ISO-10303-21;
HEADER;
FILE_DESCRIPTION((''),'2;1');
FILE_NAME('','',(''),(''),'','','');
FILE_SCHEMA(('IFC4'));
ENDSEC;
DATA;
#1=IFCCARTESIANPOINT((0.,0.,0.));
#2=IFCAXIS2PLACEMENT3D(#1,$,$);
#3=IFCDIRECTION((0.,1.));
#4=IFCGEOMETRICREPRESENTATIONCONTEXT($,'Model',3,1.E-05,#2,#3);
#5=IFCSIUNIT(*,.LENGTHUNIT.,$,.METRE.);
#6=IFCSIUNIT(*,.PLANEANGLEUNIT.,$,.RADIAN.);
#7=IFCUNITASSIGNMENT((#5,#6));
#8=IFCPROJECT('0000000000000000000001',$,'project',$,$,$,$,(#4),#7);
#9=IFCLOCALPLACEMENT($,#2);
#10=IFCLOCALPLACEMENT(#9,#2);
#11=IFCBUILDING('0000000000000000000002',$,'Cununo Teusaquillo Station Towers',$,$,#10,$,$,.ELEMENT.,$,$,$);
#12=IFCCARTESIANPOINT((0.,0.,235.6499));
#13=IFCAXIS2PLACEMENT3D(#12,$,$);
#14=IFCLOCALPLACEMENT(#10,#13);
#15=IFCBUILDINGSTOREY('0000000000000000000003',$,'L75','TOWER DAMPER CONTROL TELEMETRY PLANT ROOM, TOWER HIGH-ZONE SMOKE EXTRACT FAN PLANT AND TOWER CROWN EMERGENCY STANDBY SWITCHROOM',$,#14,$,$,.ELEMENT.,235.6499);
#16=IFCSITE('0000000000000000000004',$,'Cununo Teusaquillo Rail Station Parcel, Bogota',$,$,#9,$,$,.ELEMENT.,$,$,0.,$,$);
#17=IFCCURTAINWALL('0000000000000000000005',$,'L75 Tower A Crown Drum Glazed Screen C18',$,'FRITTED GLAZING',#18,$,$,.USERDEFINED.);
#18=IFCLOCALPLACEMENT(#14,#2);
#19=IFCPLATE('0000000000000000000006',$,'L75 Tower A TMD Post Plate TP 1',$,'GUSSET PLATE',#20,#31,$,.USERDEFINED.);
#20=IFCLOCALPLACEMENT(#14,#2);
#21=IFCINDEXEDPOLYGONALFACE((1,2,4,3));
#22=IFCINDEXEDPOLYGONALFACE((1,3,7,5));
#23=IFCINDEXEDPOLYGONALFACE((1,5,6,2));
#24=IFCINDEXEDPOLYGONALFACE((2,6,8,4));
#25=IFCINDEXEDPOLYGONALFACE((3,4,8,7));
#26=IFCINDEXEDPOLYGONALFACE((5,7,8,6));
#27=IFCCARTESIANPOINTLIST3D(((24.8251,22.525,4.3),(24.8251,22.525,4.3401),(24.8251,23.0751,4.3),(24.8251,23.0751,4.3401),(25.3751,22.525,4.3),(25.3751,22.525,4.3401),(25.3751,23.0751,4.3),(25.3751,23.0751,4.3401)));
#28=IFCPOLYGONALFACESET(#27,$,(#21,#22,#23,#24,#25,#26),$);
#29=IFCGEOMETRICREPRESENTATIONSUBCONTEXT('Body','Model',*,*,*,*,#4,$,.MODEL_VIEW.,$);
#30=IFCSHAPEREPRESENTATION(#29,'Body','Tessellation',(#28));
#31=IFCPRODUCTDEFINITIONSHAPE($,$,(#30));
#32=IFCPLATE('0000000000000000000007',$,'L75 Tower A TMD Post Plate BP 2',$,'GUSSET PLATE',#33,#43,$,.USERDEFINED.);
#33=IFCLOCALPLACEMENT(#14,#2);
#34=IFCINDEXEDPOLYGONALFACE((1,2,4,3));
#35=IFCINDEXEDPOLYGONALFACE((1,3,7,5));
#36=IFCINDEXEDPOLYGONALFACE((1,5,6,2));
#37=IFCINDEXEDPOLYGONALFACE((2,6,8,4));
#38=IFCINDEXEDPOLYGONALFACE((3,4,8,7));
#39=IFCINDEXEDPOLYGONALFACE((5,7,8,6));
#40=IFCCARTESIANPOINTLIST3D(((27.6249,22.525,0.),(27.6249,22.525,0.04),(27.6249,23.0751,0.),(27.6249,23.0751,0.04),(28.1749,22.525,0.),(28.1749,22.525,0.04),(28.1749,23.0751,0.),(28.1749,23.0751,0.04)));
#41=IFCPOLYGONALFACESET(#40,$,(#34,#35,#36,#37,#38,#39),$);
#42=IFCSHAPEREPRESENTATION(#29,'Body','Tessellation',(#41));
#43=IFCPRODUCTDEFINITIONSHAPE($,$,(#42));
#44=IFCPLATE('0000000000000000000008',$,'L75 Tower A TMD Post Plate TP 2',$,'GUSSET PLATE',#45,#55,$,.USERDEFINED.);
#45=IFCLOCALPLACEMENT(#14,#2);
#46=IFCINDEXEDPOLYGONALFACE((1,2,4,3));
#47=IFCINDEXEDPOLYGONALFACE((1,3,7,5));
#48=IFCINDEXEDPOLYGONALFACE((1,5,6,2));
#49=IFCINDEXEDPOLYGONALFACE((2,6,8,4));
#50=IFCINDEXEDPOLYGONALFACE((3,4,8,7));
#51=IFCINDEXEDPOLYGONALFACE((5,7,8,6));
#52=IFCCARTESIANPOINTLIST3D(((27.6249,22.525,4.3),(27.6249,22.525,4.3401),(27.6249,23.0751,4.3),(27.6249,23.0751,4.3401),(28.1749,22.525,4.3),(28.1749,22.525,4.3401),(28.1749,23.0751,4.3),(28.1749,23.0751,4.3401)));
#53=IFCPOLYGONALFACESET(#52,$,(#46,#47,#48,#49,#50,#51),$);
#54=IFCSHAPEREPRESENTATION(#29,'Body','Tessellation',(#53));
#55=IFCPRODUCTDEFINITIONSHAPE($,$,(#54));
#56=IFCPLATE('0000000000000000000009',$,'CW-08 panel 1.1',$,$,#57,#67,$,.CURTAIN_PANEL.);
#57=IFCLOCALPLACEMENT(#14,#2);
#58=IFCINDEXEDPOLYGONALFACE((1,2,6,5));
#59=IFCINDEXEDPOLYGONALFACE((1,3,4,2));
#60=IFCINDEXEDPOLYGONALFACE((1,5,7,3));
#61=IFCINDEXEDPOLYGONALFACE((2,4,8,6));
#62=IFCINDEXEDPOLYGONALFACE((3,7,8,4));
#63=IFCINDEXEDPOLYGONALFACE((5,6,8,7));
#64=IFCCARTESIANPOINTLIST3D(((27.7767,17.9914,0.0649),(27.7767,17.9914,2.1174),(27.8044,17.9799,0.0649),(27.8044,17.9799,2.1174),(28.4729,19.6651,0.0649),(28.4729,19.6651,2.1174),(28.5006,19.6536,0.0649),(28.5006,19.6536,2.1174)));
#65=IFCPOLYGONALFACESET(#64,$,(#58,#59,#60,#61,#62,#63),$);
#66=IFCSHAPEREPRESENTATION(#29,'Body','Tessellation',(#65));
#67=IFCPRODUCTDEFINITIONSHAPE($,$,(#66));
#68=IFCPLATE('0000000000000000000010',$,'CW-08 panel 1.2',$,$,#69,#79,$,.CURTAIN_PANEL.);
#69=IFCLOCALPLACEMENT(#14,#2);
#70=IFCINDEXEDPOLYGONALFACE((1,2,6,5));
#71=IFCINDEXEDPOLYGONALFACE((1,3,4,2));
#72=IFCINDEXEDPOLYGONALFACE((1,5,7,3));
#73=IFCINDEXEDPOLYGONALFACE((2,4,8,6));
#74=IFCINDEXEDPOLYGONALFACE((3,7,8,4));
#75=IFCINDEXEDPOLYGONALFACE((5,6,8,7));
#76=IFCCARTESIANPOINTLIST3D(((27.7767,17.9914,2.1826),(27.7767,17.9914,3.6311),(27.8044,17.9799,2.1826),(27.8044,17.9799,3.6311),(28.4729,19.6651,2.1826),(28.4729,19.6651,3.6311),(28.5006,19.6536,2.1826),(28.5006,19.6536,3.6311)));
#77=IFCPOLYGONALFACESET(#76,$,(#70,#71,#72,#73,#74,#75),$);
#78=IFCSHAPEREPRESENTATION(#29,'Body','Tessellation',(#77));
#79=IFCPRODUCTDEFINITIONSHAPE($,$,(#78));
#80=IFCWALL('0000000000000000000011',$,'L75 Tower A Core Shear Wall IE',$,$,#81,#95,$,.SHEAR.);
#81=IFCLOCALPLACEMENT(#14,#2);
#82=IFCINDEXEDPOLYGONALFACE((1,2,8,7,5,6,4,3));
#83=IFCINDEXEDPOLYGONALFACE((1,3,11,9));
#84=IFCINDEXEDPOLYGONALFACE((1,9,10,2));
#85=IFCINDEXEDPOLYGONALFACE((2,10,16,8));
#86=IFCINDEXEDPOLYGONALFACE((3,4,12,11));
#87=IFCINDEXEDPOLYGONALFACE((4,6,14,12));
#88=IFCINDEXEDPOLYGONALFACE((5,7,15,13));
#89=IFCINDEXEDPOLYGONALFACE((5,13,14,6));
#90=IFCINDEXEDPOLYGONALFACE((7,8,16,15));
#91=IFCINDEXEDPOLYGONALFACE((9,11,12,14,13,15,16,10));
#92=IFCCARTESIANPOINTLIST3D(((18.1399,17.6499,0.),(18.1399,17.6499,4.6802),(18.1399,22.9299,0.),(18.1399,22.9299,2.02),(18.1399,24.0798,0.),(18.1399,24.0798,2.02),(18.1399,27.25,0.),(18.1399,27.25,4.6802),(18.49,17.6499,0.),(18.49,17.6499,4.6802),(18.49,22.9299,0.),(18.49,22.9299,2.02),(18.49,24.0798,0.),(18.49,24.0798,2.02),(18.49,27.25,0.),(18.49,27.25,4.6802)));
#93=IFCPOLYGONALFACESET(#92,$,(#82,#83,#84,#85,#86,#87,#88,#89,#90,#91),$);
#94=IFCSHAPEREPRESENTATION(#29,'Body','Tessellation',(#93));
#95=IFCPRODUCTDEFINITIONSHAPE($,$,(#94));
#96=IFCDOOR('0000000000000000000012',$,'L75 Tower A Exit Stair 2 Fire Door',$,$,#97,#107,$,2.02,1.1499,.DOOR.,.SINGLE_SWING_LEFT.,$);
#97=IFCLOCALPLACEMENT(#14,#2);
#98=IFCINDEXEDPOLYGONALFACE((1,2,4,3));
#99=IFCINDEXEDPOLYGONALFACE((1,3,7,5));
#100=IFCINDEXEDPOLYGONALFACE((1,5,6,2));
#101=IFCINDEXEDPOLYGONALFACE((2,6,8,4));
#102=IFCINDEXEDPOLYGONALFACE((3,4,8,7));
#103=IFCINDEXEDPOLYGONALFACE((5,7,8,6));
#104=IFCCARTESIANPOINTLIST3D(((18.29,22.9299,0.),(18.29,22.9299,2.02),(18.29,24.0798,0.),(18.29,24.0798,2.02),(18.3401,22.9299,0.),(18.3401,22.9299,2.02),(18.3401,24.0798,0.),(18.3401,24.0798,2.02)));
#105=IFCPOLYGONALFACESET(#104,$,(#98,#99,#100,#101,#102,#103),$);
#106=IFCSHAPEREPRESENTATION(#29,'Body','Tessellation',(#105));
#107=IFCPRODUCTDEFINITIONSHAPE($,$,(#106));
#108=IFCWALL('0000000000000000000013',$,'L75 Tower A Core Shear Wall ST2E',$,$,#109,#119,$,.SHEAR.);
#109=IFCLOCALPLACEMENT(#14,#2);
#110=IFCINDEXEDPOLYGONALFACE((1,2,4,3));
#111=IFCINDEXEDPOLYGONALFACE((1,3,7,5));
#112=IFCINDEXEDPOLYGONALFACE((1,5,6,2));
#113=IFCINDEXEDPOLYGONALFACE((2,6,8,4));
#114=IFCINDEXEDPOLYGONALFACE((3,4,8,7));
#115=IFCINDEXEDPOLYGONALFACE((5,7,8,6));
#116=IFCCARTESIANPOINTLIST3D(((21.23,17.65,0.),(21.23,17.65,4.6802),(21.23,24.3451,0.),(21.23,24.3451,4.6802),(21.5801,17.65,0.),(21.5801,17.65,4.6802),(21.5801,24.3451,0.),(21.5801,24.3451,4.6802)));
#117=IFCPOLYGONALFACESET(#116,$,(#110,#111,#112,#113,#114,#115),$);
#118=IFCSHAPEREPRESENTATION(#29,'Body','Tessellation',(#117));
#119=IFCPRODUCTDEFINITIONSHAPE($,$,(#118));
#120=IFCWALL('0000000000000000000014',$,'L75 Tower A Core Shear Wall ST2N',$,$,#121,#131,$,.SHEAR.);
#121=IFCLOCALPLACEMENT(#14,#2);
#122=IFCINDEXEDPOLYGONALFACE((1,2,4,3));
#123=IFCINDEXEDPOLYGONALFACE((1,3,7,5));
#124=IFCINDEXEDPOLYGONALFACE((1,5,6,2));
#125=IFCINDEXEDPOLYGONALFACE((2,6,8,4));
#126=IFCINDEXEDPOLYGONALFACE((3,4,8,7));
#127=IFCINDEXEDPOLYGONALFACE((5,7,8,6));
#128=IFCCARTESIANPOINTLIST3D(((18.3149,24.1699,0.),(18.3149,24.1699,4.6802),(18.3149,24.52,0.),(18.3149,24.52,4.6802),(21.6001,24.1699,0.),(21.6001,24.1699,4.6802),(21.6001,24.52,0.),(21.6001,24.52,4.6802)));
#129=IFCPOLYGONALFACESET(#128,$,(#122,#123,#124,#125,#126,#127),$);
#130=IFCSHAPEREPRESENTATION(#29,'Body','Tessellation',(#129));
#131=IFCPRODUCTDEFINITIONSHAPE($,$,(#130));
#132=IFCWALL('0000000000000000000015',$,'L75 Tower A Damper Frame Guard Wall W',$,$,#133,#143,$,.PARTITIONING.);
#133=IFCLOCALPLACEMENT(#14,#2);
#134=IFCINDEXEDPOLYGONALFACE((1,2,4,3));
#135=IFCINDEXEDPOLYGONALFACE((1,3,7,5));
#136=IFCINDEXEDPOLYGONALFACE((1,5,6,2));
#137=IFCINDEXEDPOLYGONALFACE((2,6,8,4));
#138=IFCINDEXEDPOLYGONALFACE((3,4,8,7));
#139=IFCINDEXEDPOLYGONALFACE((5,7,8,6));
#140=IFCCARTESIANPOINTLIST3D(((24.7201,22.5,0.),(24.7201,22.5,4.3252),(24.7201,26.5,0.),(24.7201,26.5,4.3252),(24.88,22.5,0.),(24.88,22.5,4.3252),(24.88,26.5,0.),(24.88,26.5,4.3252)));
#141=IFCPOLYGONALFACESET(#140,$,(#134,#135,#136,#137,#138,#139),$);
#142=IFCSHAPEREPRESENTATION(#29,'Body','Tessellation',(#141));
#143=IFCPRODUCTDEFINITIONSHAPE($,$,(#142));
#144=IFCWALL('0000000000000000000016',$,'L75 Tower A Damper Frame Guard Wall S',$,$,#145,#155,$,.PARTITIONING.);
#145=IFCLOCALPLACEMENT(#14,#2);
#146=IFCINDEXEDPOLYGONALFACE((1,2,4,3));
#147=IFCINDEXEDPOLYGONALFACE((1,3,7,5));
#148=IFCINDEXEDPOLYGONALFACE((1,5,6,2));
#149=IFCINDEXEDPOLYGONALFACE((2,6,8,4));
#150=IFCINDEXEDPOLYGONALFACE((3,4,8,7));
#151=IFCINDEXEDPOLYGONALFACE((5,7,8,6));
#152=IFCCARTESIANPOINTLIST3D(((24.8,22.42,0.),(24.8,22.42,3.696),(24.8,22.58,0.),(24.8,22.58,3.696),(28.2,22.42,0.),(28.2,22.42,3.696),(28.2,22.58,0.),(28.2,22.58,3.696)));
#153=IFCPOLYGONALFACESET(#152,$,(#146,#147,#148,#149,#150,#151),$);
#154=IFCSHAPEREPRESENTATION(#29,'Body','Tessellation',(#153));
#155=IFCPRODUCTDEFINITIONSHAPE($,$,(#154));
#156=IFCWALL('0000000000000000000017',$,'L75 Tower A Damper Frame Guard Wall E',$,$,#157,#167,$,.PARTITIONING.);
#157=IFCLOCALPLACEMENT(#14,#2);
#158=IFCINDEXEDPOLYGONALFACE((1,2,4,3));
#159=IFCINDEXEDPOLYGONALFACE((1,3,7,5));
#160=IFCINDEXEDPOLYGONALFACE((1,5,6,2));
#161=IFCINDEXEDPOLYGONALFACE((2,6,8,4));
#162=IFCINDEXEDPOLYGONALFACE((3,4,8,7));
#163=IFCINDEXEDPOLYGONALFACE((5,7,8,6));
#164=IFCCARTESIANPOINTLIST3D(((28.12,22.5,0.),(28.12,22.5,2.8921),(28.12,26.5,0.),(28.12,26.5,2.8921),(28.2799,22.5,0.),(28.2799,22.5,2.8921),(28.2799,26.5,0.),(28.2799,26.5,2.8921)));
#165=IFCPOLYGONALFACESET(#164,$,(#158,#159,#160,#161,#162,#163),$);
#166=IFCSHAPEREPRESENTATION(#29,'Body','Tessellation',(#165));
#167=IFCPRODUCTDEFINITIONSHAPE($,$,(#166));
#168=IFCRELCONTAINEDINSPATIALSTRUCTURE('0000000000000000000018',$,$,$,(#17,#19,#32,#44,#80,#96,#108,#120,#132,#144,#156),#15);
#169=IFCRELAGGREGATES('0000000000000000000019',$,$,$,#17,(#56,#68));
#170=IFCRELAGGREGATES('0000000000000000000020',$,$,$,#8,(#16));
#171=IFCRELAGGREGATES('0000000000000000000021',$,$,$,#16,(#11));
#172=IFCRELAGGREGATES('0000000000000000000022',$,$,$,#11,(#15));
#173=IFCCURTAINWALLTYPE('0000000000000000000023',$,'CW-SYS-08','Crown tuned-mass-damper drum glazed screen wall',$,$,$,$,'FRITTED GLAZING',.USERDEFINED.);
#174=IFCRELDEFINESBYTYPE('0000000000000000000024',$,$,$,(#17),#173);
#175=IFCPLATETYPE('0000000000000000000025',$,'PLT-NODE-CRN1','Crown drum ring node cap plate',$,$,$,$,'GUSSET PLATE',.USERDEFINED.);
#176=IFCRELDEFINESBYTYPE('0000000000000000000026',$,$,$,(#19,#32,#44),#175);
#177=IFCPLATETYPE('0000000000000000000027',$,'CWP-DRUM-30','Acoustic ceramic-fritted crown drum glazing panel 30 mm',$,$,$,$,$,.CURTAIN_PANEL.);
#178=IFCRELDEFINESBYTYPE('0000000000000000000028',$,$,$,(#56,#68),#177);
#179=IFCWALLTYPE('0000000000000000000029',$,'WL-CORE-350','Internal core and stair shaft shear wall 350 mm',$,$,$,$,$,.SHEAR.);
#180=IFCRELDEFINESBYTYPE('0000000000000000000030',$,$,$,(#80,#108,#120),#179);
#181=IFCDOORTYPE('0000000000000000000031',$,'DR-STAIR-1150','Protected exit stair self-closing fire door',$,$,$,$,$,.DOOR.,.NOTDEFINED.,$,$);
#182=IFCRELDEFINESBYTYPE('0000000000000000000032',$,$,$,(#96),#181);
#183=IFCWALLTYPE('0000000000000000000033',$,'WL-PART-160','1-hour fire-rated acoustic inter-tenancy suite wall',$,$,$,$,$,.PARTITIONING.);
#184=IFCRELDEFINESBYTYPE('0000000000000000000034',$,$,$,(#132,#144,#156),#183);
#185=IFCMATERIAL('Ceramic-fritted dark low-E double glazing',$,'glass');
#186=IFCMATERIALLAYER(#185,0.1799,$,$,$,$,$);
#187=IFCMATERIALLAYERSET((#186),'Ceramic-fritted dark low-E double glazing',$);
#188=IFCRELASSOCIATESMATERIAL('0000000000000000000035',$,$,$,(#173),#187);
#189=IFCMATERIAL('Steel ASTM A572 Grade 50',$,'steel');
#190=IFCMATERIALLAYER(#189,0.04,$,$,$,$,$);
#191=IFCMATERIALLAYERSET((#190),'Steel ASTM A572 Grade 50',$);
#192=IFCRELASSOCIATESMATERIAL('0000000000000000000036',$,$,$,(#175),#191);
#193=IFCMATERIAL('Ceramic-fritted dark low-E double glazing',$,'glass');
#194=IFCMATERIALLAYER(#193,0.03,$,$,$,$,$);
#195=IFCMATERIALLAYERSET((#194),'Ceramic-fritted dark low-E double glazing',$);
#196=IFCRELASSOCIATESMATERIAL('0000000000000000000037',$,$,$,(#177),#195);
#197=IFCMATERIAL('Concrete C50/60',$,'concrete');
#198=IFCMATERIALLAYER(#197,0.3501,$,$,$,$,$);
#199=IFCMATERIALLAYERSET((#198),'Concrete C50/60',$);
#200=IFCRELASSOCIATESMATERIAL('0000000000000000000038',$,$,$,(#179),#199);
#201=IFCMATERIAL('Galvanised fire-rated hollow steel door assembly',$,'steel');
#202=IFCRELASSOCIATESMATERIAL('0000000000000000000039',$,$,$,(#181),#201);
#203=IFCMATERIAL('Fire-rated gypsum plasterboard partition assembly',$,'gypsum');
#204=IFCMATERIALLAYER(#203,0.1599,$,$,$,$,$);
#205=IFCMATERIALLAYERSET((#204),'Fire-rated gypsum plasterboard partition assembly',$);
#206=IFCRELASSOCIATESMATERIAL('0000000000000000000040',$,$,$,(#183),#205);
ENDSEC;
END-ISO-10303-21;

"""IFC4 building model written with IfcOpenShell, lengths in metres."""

from ifc_helpers import new_model, si_unit, direction, frame, frame_2d, origin, origin_2d, place, context, subcontext, project, spatial, rectangle, extrude, source, transform, mapped, material, layer, layer_set, type_object, element, fill, aggregate, save


model = new_model("IFC4")

# Units and contexts
model_context = context("Model", 3, precision=1e-05, world=origin(), true_north=direction((0.0, 1.0)))
body_context = subcontext(model_context, "Body", "Model", "MODEL_VIEW")
ifc_project = project(units=[si_unit("LENGTHUNIT", "METRE"), si_unit("PLANEANGLEUNIT", "RADIAN")], contexts=[model_context])

# Site, building, storey
site_placement = place(None, origin())
site = spatial("IfcSite", under=ifc_project, at=site_placement, Name="Cununo Teusaquillo Rail Station Parcel, Bogota", CompositionType="ELEMENT", RefElevation=0.0)
building_placement = place(site_placement, origin())
building = spatial("IfcBuilding", under=site, at=building_placement, Name="Cununo Teusaquillo Station Towers", CompositionType="ELEMENT")
storey_placement = place(building_placement, frame((0.0, 0.0, 235.6499)))
storey = spatial("IfcBuildingStorey", under=building, at=storey_placement, Name="L75", Description="TOWER DAMPER CONTROL TELEMETRY PLANT ROOM, TOWER HIGH-ZONE SMOKE EXTRACT FAN PLANT AND TOWER CROWN EMERGENCY STANDBY SWITCHROOM", CompositionType="ELEMENT", Elevation=235.6499)

# Curtain wall
ifc_material_1 = material(Name="Ceramic-fritted dark low-E double glazing", Category="glass")
ifc_layer_1 = layer(ifc_material_1, 0.1799)
ifc_layer_set_1 = layer_set([ifc_layer_1], Name="Ceramic-fritted dark low-E double glazing")
curtain_wall_type = type_object("IfcCurtainWallType", Name="CW-SYS-08", Description="Crown tuned-mass-damper drum glazed screen wall", ElementType="FRITTED GLAZING", PredefinedType="USERDEFINED", material=ifc_layer_set_1)
curtain_wall_placement = place(storey_placement, origin())
curtain_wall = element("IfcCurtainWall", 1, at=curtain_wall_placement, inside=storey, type_object=curtain_wall_type, Name="L75 Tower A Crown Drum Glazed Screen C18", ObjectType="FRITTED GLAZING", PredefinedType="USERDEFINED")

# Plates
ifc_material_2 = material(Name="Steel ASTM A572 Grade 50", Category="steel")
ifc_layer_2 = layer(ifc_material_2, 0.04)
ifc_layer_set_2 = layer_set([ifc_layer_2], Name="Steel ASTM A572 Grade 50")
plate_type_1 = type_object("IfcPlateType", Name="PLT-NODE-CRN1", Description="Crown drum ring node cap plate", ElementType="GUSSET PLATE", PredefinedType="USERDEFINED", material=ifc_layer_set_2)
shared_shape_1 = source(origin(), body_context, "Body", "SweptSolid", [
    extrude(rectangle(XDim=0.55, YDim=0.55, at=origin_2d()), origin(), (0.0, 0.0, 1.0), 0.04),
])
for number, where, z_axis, x_axis, name in (
    (2, (25.1001, 22.8, 4.3), (0.0, 0.0, 1.0), (1.0, 0.0, 0.0), "L75 Tower A TMD Post Plate TP 1"),
    (3, (27.8999, 22.8, 0.0), (0.0, 0.0, 1.0), (1.0, 0.0, 0.0), "L75 Tower A TMD Post Plate BP 2"),
    (4, (27.8999, 22.8, 4.3), (0.0, 0.0, 1.0), (1.0, 0.0, 0.0), "L75 Tower A TMD Post Plate TP 2"),
):
    element("IfcPlate", number, at=place(storey_placement, frame(where, z_axis=z_axis, x_axis=x_axis)), inside=storey, type_object=plate_type_1, Name=name, ObjectType="GUSSET PLATE", PredefinedType="USERDEFINED", context=body_context, shape_type="MappedRepresentation", body=[
        mapped(shared_shape_1, transform((0.0, 0.0, 0.0), x_axis=(1.0, 0.0, 0.0), y_axis=(0.0, 1.0, 0.0), z_axis=(0.0, 0.0, 1.0), scale=1.0)),
    ])

# Plates
ifc_material_3 = material(Name="Ceramic-fritted dark low-E double glazing", Category="glass")
ifc_layer_3 = layer(ifc_material_3, 0.03)
ifc_layer_set_3 = layer_set([ifc_layer_3], Name="Ceramic-fritted dark low-E double glazing")
plate_type_2 = type_object("IfcPlateType", Name="CWP-DRUM-30", Description="Acoustic ceramic-fritted crown drum glazing panel 30 mm", PredefinedType="CURTAIN_PANEL", material=ifc_layer_set_3)
shared_shape_2 = source(origin(), body_context, "Body", "SweptSolid", [
    extrude(rectangle(XDim=1.8127, YDim=0.03, at=origin_2d()), origin(), (0.0, 0.0, 1.0), 2.0525),
])
plate_1_placement = place(storey_placement, frame((28.1387, 18.8225, 0.0649), z_axis=(0.0, 0.0, 1.0), x_axis=(-0.384063, -0.923307, 0.0)))
plate_1 = element("IfcPlate", 5, at=plate_1_placement, type_object=plate_type_2, Name="CW-08 panel 1.1", PredefinedType="CURTAIN_PANEL", context=body_context, shape_type="MappedRepresentation", body=[
    mapped(shared_shape_2, transform((0.0, 0.0, 0.0), x_axis=(1.0, 0.0, 0.0), y_axis=(0.0, 1.0, 0.0), z_axis=(0.0, 0.0, 1.0), scale=1.0)),
])
shared_shape_3 = source(origin(), body_context, "Body", "SweptSolid", [
    extrude(rectangle(XDim=1.8127, YDim=0.03, at=origin_2d()), origin(), (0.0, 0.0, 1.0), 1.4485),
])
plate_2_placement = place(storey_placement, frame((28.1387, 18.8225, 2.1826), z_axis=(0.0, 0.0, 1.0), x_axis=(-0.384063, -0.923307, 0.0)))
plate_2 = element("IfcPlate", 6, at=plate_2_placement, type_object=plate_type_2, Name="CW-08 panel 1.2", PredefinedType="CURTAIN_PANEL", context=body_context, shape_type="MappedRepresentation", body=[
    mapped(shared_shape_3, transform((0.0, 0.0, 0.0), x_axis=(1.0, 0.0, 0.0), y_axis=(0.0, 1.0, 0.0), z_axis=(0.0, 0.0, 1.0), scale=1.0)),
])
aggregate(curtain_wall, [plate_1, plate_2])

# Wall, opening, door
ifc_material_4 = material(Name="Concrete C50/60", Category="concrete")
ifc_layer_4 = layer(ifc_material_4, 0.3501)
ifc_layer_set_4 = layer_set([ifc_layer_4], Name="Concrete C50/60")
wall_type_1 = type_object("IfcWallType", Name="WL-CORE-350", Description="Internal core and stair shaft shear wall 350 mm", PredefinedType="SHEAR", material=ifc_layer_set_4)
wall_1_placement = place(storey_placement, frame((18.3149, 17.6499, 0.0), z_axis=(0.0, 0.0, 1.0), x_axis=(0.0, 1.0, 0.0)))
wall_1 = element("IfcWall", 7, at=wall_1_placement, inside=storey, type_object=wall_type_1, Name="L75 Tower A Core Shear Wall IE", PredefinedType="SHEAR", context=body_context, shape_type="SweptSolid", body=[
    extrude(rectangle(XDim=9.6001, YDim=0.3501, at=frame_2d((4.8, 0.0))), origin(), (0.0, 0.0, 1.0), 4.6802),
])
shared_shape_4 = source(origin(), body_context, "Body", "SweptSolid", [
    extrude(rectangle(XDim=1.1499, YDim=2.02, at=frame_2d((0.575, 1.01))), frame((0.0, 0.1851, 0.0), z_axis=(0.0, -1.0, 0.0), x_axis=(1.0, 0.0, 0.0)), (0.0, 0.0, 1.0), 0.3701),
])
opening_placement = place(wall_1_placement, frame((5.28, 0.0, 0.0)))
opening = element("IfcOpeningElement", 8, at=opening_placement, cuts=wall_1, PredefinedType="OPENING", context=body_context, shape_type="MappedRepresentation", body=[
    mapped(shared_shape_4, transform((0.0, 0.0, 0.0), x_axis=(1.0, 0.0, 0.0), y_axis=(0.0, 1.0, 0.0), z_axis=(0.0, 0.0, 1.0), scale=1.0)),
])
ifc_material_5 = material(Name="Galvanised fire-rated hollow steel door assembly", Category="steel")
door_type = type_object("IfcDoorType", Name="DR-STAIR-1150", Description="Protected exit stair self-closing fire door", OperationType="NOTDEFINED", PredefinedType="DOOR", material=ifc_material_5)
shared_shape_5 = source(origin(), body_context, "Body", "SweptSolid", [
    extrude(rectangle(XDim=1.1499, YDim=2.02, at=frame_2d((0.575, 1.01))), frame((0.0, 0.0249, 0.0), z_axis=(0.0, -1.0, 0.0), x_axis=(1.0, 0.0, 0.0)), (0.0, 0.0, 1.0), 0.05),
])
door_placement = place(opening_placement, origin())
door = element("IfcDoor", 9, at=door_placement, inside=storey, type_object=door_type, Name="L75 Tower A Exit Stair 2 Fire Door", OperationType="SINGLE_SWING_LEFT", OverallHeight=2.02, OverallWidth=1.1499, PredefinedType="DOOR", context=body_context, shape_type="MappedRepresentation", body=[
    mapped(shared_shape_5, transform((0.0, 0.0, 0.0), x_axis=(1.0, 0.0, 0.0), y_axis=(0.0, 1.0, 0.0), z_axis=(0.0, 0.0, 1.0), scale=1.0)),
])
fill(opening, door)

# Walls
wall_2_placement = place(storey_placement, frame((21.405, 17.6499, 0.0), z_axis=(0.0, 0.0, 1.0), x_axis=(0.0, 1.0, 0.0)))
element("IfcWall", 10, at=wall_2_placement, inside=storey, type_object=wall_type_1, Name="L75 Tower A Core Shear Wall ST2E", PredefinedType="SHEAR", context=body_context, shape_type="SweptSolid", body=[
    extrude(rectangle(XDim=6.6951, YDim=0.3501, at=frame_2d((3.3477, 0.0))), origin(), (0.0, 0.0, 1.0), 4.6802),
])
wall_3_placement = place(storey_placement, frame((18.3149, 24.345, 0.0), z_axis=(0.0, 0.0, 1.0), x_axis=(1.0, 0.0, 0.0)))
element("IfcWall", 11, at=wall_3_placement, inside=storey, type_object=wall_type_1, Name="L75 Tower A Core Shear Wall ST2N", PredefinedType="SHEAR", context=body_context, shape_type="SweptSolid", body=[
    extrude(rectangle(XDim=3.2852, YDim=0.3501, at=frame_2d((1.6426, 0.0))), origin(), (0.0, 0.0, 1.0), 4.6802),
])
ifc_material_6 = material(Name="Fire-rated gypsum plasterboard partition assembly", Category="gypsum")
ifc_layer_5 = layer(ifc_material_6, 0.1599)
ifc_layer_set_5 = layer_set([ifc_layer_5], Name="Fire-rated gypsum plasterboard partition assembly")
wall_type_2 = type_object("IfcWallType", Name="WL-PART-160", Description="1-hour fire-rated acoustic inter-tenancy suite wall", PredefinedType="PARTITIONING", material=ifc_layer_set_5)
wall_4_placement = place(storey_placement, frame((24.8, 22.5, 0.0), z_axis=(0.0, 0.0, 1.0), x_axis=(0.0, 1.0, 0.0)))
element("IfcWall", 12, at=wall_4_placement, inside=storey, type_object=wall_type_2, Name="L75 Tower A Damper Frame Guard Wall W", PredefinedType="PARTITIONING", context=body_context, shape_type="SweptSolid", body=[
    extrude(rectangle(XDim=4.0, YDim=0.1599, at=frame_2d((2.0, 0.0))), origin(), (0.0, 0.0, 1.0), 4.3252),
])
wall_5_placement = place(storey_placement, frame((24.8, 22.5, 0.0), z_axis=(0.0, 0.0, 1.0), x_axis=(1.0, 0.0, 0.0)))
element("IfcWall", 13, at=wall_5_placement, inside=storey, type_object=wall_type_2, Name="L75 Tower A Damper Frame Guard Wall S", PredefinedType="PARTITIONING", context=body_context, shape_type="SweptSolid", body=[
    extrude(rectangle(XDim=3.3999, YDim=0.1599, at=frame_2d((1.7, 0.0))), origin(), (0.0, 0.0, 1.0), 3.696),
])
wall_6_placement = place(storey_placement, frame((28.2, 22.5, 0.0), z_axis=(0.0, 0.0, 1.0), x_axis=(0.0, 1.0, 0.0)))
element("IfcWall", 14, at=wall_6_placement, inside=storey, type_object=wall_type_2, Name="L75 Tower A Damper Frame Guard Wall E", PredefinedType="PARTITIONING", context=body_context, shape_type="SweptSolid", body=[
    extrude(rectangle(XDim=4.0, YDim=0.1599, at=frame_2d((2.0, 0.0))), origin(), (0.0, 0.0, 1.0), 2.8921),
])

save(model, "model.ifc")
